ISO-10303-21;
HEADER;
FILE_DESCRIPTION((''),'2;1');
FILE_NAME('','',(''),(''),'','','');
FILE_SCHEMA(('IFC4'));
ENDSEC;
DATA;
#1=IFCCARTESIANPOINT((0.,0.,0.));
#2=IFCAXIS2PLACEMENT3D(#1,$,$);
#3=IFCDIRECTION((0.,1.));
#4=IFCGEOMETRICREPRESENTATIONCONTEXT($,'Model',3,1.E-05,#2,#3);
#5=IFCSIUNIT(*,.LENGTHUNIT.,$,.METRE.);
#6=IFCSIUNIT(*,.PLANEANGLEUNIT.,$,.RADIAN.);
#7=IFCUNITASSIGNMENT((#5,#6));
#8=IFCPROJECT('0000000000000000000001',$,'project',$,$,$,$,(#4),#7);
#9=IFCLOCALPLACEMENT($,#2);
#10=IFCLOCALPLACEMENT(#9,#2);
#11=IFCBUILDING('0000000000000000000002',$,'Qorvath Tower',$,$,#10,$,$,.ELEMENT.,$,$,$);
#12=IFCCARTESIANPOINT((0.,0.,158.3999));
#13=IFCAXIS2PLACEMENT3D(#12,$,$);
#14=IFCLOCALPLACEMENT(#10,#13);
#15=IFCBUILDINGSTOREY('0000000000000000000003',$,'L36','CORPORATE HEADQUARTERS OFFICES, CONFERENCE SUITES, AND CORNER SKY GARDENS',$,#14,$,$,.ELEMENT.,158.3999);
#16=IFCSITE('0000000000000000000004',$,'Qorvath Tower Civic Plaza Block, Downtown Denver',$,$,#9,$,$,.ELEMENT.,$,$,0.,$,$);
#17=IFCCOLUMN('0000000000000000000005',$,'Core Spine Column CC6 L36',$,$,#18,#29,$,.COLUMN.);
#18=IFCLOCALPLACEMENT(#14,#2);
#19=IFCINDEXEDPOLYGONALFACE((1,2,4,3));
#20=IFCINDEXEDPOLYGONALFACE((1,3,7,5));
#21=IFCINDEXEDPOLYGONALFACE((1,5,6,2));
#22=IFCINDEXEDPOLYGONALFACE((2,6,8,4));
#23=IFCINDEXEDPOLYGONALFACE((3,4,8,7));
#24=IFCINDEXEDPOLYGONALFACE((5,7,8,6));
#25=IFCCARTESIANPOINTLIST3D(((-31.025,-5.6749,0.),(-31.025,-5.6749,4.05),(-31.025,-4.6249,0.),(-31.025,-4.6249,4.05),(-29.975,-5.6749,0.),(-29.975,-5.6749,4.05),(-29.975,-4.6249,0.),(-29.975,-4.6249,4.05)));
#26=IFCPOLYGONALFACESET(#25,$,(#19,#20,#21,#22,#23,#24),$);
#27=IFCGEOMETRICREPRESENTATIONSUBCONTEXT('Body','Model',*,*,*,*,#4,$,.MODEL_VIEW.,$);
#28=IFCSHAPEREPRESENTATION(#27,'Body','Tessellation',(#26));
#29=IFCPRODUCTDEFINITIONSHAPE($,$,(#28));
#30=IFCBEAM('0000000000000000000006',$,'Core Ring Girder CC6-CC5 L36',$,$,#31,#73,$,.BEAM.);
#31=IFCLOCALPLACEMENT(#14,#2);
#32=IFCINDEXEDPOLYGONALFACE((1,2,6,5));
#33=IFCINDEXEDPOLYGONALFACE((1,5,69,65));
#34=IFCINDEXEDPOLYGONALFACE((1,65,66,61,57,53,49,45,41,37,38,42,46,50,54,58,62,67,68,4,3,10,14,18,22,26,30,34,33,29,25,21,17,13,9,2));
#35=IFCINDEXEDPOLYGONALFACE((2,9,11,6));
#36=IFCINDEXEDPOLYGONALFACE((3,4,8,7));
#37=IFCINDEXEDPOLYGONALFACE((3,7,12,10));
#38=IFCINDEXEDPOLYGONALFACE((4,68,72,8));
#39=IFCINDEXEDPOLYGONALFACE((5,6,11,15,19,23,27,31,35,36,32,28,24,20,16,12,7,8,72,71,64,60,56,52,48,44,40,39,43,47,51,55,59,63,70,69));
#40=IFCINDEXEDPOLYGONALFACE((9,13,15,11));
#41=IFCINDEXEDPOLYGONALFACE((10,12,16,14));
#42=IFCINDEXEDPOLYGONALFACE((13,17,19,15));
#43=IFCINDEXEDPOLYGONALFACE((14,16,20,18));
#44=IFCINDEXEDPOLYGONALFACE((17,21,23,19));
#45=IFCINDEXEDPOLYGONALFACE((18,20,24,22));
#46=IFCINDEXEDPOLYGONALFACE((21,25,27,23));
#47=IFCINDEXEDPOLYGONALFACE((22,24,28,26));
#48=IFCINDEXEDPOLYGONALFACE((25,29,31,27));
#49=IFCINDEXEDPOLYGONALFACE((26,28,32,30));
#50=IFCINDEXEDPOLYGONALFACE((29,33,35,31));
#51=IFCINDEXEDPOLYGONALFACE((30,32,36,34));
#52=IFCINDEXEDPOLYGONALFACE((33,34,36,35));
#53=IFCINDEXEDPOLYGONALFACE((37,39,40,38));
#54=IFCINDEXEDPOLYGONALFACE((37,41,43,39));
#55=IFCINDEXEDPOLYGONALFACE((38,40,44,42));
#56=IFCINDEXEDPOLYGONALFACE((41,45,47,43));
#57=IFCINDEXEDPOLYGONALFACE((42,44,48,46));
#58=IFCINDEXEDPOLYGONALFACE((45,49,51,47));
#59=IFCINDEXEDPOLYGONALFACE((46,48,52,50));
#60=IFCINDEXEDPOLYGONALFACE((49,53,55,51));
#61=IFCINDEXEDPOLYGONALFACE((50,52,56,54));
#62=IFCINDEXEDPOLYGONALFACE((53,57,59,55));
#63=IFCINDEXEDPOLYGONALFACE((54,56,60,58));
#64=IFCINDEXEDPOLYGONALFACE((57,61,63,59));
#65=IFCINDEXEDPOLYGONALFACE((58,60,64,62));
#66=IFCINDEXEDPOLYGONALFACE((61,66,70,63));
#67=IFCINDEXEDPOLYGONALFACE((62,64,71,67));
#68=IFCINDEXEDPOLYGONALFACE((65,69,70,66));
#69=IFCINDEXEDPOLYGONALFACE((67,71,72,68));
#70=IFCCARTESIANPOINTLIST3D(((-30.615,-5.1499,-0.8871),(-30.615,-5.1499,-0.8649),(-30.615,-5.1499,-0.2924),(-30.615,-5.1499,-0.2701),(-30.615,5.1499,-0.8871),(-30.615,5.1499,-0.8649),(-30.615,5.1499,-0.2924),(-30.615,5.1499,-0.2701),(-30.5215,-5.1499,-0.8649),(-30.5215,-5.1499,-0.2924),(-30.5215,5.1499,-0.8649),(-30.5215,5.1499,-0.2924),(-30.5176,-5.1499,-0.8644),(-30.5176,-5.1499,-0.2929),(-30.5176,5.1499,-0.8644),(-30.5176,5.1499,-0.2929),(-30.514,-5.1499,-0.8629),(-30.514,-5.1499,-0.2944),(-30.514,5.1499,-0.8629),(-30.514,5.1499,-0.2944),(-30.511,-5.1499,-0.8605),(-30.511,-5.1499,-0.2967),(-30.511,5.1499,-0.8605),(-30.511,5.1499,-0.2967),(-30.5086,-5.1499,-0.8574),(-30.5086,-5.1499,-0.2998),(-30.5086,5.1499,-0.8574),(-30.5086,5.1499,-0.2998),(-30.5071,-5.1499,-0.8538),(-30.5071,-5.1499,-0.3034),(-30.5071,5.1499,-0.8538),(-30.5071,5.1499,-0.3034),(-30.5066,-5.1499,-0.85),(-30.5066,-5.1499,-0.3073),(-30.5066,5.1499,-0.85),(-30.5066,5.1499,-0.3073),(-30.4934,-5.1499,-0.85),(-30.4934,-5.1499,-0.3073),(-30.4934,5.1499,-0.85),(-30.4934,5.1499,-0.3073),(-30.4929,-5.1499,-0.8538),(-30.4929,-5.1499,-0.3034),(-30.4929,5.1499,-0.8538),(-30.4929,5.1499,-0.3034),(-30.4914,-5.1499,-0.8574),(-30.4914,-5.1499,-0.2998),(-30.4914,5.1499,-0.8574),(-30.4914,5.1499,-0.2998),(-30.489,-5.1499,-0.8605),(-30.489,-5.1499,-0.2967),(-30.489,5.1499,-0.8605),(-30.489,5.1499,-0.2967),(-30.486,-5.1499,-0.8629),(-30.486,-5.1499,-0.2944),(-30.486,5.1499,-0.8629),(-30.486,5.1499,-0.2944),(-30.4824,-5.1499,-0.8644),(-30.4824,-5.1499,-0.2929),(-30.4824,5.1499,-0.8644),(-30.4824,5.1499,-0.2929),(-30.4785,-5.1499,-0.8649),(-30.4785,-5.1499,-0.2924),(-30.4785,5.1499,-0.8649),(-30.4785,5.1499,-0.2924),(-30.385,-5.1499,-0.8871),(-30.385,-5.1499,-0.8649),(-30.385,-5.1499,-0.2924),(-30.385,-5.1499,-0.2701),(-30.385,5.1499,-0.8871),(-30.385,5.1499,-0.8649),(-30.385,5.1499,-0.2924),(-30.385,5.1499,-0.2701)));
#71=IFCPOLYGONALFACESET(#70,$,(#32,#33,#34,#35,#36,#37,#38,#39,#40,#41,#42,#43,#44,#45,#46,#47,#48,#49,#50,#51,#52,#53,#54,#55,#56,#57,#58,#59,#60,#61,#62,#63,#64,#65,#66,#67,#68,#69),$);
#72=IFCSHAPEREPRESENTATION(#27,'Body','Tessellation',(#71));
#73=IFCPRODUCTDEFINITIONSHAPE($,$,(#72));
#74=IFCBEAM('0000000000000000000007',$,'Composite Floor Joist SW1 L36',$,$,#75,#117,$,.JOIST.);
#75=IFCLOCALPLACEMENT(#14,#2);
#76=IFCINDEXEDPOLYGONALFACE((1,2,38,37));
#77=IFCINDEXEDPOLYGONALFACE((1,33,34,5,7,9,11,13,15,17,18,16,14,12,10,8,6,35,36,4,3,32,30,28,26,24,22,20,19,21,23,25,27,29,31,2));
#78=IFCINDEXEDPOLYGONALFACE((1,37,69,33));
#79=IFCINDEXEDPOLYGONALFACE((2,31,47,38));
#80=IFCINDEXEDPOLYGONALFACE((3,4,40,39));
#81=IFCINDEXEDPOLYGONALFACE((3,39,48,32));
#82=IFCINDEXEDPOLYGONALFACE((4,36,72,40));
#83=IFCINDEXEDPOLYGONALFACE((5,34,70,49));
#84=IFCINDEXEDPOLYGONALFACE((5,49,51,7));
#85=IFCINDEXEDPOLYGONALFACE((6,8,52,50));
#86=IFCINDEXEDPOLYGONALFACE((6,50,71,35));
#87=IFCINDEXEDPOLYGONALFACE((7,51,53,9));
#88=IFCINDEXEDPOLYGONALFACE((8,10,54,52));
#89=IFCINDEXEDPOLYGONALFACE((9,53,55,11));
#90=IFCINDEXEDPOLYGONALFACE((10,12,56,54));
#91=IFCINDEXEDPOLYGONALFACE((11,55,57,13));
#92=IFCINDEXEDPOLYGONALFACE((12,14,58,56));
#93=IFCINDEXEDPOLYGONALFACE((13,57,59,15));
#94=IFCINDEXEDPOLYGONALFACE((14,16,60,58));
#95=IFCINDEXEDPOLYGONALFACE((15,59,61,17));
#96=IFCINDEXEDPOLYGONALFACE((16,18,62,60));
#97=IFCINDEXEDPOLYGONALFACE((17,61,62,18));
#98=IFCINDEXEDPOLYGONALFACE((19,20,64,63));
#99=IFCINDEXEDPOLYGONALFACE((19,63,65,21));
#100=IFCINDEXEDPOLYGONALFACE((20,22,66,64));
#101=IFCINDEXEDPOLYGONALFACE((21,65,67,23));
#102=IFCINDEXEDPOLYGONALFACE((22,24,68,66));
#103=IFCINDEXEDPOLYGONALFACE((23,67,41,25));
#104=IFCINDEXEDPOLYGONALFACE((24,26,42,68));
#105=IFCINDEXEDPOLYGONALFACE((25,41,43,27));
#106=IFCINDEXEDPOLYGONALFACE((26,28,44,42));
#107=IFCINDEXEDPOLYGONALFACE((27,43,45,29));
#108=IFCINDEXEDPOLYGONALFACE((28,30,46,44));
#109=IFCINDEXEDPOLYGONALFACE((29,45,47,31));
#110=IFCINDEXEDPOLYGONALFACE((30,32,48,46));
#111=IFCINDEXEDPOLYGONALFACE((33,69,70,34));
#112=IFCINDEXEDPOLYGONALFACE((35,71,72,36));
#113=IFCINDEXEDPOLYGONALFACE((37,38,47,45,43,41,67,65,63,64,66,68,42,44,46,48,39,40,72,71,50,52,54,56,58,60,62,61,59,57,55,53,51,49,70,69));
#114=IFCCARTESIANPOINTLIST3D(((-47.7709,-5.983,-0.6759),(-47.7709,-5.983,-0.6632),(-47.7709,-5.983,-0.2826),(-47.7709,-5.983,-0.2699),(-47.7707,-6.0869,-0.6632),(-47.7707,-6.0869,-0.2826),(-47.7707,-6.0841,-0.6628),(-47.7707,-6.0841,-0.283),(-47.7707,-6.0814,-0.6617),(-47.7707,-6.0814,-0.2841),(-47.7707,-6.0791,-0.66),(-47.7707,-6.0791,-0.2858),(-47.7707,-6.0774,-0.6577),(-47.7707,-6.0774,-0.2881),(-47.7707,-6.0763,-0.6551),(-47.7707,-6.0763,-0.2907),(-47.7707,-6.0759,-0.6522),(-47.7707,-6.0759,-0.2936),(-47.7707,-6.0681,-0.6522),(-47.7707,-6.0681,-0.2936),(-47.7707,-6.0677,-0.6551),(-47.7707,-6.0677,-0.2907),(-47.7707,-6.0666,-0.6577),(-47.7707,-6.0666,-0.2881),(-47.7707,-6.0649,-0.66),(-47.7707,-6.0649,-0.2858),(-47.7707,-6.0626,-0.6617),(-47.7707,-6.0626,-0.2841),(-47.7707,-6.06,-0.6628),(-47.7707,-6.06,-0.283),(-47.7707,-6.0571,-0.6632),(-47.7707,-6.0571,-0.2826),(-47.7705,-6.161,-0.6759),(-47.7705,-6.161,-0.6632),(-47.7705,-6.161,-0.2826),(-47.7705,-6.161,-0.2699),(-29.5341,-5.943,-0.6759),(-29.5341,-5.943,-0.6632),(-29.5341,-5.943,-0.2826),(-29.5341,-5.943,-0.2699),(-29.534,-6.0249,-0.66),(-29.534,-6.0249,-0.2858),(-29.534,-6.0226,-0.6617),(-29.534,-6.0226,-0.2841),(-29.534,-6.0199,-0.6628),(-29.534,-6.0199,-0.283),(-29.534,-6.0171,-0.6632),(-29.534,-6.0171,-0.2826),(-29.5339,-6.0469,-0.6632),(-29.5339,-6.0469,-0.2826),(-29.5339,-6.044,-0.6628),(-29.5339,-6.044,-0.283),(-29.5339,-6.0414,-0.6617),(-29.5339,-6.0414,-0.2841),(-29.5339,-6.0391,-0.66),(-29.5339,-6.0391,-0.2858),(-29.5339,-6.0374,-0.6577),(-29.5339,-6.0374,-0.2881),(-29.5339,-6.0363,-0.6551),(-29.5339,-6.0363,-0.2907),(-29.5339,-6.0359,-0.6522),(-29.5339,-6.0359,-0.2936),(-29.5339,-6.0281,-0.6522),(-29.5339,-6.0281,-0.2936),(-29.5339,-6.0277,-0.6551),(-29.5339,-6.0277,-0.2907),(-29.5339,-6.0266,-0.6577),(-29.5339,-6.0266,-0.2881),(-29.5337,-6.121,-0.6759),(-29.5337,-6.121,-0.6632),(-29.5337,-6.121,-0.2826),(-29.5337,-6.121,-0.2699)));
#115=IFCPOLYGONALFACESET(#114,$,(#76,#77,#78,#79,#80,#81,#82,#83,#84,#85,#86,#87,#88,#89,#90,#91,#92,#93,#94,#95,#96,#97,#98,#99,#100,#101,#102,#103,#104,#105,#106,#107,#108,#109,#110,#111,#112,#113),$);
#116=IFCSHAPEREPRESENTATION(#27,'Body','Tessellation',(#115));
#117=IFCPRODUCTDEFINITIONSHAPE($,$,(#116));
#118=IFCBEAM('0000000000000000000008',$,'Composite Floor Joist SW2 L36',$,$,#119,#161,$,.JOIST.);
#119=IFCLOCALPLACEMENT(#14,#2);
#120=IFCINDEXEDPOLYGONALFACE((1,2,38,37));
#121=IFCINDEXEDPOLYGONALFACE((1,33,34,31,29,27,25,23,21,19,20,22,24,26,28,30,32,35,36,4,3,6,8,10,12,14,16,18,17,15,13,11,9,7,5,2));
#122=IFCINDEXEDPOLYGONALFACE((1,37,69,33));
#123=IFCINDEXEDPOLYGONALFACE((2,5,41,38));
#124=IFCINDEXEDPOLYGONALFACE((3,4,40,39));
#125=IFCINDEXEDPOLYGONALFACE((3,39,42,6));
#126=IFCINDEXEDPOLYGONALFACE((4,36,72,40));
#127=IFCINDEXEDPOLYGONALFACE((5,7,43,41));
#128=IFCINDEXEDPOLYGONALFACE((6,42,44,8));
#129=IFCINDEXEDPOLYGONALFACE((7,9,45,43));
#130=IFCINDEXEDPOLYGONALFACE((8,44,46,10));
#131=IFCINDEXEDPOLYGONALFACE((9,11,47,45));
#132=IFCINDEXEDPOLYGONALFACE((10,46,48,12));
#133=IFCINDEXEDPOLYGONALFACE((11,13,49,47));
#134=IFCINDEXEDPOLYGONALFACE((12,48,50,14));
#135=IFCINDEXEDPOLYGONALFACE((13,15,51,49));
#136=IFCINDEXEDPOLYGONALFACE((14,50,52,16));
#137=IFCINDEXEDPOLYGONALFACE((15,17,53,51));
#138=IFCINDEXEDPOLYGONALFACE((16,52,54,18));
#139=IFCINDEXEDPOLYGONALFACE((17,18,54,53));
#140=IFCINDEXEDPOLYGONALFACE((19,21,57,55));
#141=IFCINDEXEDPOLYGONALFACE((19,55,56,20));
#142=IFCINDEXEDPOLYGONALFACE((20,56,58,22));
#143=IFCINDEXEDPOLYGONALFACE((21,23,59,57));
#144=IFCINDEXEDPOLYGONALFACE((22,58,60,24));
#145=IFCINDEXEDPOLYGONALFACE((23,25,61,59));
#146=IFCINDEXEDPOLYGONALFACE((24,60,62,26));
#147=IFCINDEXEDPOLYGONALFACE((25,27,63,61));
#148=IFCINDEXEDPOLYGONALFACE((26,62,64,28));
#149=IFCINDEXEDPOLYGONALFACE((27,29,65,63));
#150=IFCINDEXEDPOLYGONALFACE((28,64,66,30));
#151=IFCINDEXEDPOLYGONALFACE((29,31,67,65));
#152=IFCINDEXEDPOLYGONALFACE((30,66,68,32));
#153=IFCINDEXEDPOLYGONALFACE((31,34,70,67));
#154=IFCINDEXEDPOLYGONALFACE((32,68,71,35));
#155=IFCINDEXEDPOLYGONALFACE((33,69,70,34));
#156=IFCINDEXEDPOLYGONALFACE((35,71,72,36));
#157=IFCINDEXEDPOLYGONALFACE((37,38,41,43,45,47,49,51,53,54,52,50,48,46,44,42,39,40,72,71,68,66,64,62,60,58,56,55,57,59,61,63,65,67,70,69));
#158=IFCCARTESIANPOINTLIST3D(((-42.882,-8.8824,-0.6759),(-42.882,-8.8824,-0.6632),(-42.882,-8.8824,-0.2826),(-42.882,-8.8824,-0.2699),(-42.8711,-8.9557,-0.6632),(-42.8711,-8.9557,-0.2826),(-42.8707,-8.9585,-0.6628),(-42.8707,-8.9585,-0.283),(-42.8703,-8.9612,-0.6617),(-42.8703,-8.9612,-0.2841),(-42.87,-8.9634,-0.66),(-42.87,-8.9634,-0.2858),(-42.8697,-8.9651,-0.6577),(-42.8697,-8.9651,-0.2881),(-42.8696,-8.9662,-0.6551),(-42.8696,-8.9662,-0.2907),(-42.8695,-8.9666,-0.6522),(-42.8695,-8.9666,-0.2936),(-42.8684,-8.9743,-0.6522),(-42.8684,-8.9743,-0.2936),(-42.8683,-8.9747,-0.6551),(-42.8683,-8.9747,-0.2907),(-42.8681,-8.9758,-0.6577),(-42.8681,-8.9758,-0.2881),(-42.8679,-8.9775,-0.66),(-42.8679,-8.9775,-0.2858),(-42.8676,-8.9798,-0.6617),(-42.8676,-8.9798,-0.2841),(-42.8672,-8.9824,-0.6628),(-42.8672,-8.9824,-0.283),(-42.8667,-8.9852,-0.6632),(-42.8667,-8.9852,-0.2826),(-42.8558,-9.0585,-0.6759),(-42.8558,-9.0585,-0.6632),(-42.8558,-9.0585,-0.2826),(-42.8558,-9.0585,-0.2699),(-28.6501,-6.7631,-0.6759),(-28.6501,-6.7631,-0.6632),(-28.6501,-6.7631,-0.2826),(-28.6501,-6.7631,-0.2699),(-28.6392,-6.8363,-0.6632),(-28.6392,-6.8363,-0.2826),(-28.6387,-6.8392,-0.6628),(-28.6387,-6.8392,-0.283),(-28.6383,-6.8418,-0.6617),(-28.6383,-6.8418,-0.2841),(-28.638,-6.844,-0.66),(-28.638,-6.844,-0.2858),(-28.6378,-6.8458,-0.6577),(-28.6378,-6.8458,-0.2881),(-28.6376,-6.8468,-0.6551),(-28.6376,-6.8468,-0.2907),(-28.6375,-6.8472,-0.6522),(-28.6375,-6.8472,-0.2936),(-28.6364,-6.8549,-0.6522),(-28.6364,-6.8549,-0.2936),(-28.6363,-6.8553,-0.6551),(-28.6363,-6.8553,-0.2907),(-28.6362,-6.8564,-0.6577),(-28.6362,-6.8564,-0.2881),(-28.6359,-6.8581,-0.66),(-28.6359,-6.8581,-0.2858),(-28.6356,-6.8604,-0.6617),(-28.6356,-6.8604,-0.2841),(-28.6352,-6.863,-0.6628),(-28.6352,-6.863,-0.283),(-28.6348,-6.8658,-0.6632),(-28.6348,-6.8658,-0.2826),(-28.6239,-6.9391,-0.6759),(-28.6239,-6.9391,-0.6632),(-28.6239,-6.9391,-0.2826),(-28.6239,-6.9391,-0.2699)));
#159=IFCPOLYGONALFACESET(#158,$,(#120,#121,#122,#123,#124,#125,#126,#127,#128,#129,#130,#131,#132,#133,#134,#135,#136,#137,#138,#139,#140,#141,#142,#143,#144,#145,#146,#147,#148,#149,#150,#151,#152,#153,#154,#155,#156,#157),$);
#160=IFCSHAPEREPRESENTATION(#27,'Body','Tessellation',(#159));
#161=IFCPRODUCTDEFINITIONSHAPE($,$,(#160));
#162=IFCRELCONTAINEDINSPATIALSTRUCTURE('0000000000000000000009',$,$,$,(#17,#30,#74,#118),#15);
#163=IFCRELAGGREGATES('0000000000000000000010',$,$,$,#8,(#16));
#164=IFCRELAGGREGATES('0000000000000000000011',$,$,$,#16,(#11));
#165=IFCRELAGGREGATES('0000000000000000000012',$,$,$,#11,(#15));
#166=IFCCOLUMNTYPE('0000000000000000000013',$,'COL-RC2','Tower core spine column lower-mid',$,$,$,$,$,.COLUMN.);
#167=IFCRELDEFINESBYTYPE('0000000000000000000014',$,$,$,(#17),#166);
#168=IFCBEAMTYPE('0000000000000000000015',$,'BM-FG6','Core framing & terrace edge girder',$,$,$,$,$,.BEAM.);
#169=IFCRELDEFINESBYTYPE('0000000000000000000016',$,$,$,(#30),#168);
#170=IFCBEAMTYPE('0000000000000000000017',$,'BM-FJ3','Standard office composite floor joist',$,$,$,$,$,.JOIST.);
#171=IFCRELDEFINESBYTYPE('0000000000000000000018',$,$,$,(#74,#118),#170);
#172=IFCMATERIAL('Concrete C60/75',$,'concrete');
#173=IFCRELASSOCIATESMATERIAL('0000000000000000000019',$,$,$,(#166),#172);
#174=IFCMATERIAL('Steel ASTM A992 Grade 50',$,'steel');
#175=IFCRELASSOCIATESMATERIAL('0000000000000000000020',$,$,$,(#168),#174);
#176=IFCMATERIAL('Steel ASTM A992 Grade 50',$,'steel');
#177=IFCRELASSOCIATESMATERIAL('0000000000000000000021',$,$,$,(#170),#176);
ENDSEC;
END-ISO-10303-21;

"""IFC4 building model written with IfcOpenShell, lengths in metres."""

from ifc_helpers import new_model, si_unit, direction, frame, origin, origin_2d, place, context, subcontext, project, spatial, rectangle, i_section, extrude, material, material_profile, profile_set, type_object, element, save


model = new_model("IFC4")

# Units and contexts
model_context = context("Model", 3, precision=1e-05, world=origin(), true_north=direction((0.0, 1.0)))
body_context = subcontext(model_context, "Body", "Model", "MODEL_VIEW")
ifc_project = project(units=[si_unit("LENGTHUNIT", "METRE"), si_unit("PLANEANGLEUNIT", "RADIAN")], contexts=[model_context])

# Site, building, storey
site_placement = place(None, origin())
site = spatial("IfcSite", under=ifc_project, at=site_placement, Name="Qorvath Tower Civic Plaza Block, Downtown Denver", CompositionType="ELEMENT", RefElevation=0.0)
building_placement = place(site_placement, origin())
building = spatial("IfcBuilding", under=site, at=building_placement, Name="Qorvath Tower", CompositionType="ELEMENT")
storey_placement = place(building_placement, frame((0.0, 0.0, 158.3999)))
storey = spatial("IfcBuildingStorey", under=building, at=storey_placement, Name="L36", Description="CORPORATE HEADQUARTERS OFFICES, CONFERENCE SUITES, AND CORNER SKY GARDENS", CompositionType="ELEMENT", Elevation=158.3999)

# Column
ifc_material_1 = material(Name="Concrete C60/75", Category="concrete")
ifc_material_profile_1 = material_profile(ifc_material_1, rectangle(XDim=1.05, YDim=1.05, at=origin_2d()), Name="RC 1050x1050")
ifc_profile_set_1 = profile_set([ifc_material_profile_1], Name="Concrete C60/75")
column_type = type_object("IfcColumnType", Name="COL-RC2", Description="Tower core spine column lower-mid", PredefinedType="COLUMN", material=ifc_profile_set_1)
column_placement = place(storey_placement, frame((-30.5, -5.1499, 0.0), z_axis=(0.0, 0.0, 1.0), x_axis=(1.0, 0.0, 0.0)))
element("IfcColumn", 1, at=column_placement, inside=storey, type_object=column_type, Name="Core Spine Column CC6 L36", PredefinedType="COLUMN", context=body_context, shape_type="SweptSolid", body=[
    extrude(rectangle(XDim=1.05, YDim=1.05, at=origin_2d()), origin(), (0.0, 0.0, 1.0), 4.05),
])

# Beams
ifc_material_2 = material(Name="Steel ASTM A992 Grade 50", Category="steel")
ifc_material_profile_2 = material_profile(ifc_material_2, i_section(OverallWidth=0.23, OverallDepth=0.6169, WebThickness=0.0132, FlangeThickness=0.0222, FilletRadius=0.0149, at=origin_2d()), Name="W24x94")
ifc_profile_set_2 = profile_set([ifc_material_profile_2], Name="Steel ASTM A992 Grade 50")
beam_type_1 = type_object("IfcBeamType", Name="BM-FG6", Description="Core framing & terrace edge girder", PredefinedType="BEAM", material=ifc_profile_set_2)
beam_1_placement = place(storey_placement, frame((-30.5, -5.1499, -0.5786), z_axis=(0.0, 1.0, 0.0), x_axis=(-1.0, 0.0, 0.0)))
element("IfcBeam", 2, at=beam_1_placement, inside=storey, type_object=beam_type_1, Name="Core Ring Girder CC6-CC5 L36", PredefinedType="BEAM", context=body_context, shape_type="SweptSolid", body=[
    extrude(i_section(OverallWidth=0.23, OverallDepth=0.6169, WebThickness=0.0132, FlangeThickness=0.0222, FilletRadius=0.0149, at=origin_2d()), origin(), (0.0, 0.0, 1.0), 10.2998),
])
ifc_material_3 = material(Name="Steel ASTM A992 Grade 50", Category="steel")
ifc_material_profile_3 = material_profile(ifc_material_3, i_section(OverallWidth=0.178, OverallDepth=0.406, WebThickness=0.0078, FlangeThickness=0.0127, FilletRadius=0.011, at=origin_2d()), Name="W16x40")
ifc_profile_set_3 = profile_set([ifc_material_profile_3], Name="Steel ASTM A992 Grade 50")
beam_type_2 = type_object("IfcBeamType", Name="BM-FJ3", Description="Standard office composite floor joist", PredefinedType="JOIST", material=ifc_profile_set_3)
beam_2_placement = place(storey_placement, frame((-29.5339, -6.032, -0.4729), z_axis=(-0.999998, -0.002196, 0.0), x_axis=(0.002196, -0.999998, 0.0)))
element("IfcBeam", 3, at=beam_2_placement, inside=storey, type_object=beam_type_2, Name="Composite Floor Joist SW1 L36", PredefinedType="JOIST", context=body_context, shape_type="SweptSolid", body=[
    extrude(i_section(OverallWidth=0.178, OverallDepth=0.406, WebThickness=0.0078, FlangeThickness=0.0127, FilletRadius=0.011, at=origin_2d()), origin(), (0.0, 0.0, 1.0), 18.2368),
])
beam_3_placement = place(storey_placement, frame((-28.637, -6.8511, -0.4729), z_axis=(-0.989093, -0.147293, 0.0), x_axis=(0.147293, -0.989093, 0.0)))
element("IfcBeam", 4, at=beam_3_placement, inside=storey, type_object=beam_type_2, Name="Composite Floor Joist SW2 L36", PredefinedType="JOIST", context=body_context, shape_type="SweptSolid", body=[
    extrude(i_section(OverallWidth=0.178, OverallDepth=0.406, WebThickness=0.0078, FlangeThickness=0.0127, FilletRadius=0.011, at=origin_2d()), origin(), (0.0, 0.0, 1.0), 14.3889),
])

save(model, "model.ifc")
